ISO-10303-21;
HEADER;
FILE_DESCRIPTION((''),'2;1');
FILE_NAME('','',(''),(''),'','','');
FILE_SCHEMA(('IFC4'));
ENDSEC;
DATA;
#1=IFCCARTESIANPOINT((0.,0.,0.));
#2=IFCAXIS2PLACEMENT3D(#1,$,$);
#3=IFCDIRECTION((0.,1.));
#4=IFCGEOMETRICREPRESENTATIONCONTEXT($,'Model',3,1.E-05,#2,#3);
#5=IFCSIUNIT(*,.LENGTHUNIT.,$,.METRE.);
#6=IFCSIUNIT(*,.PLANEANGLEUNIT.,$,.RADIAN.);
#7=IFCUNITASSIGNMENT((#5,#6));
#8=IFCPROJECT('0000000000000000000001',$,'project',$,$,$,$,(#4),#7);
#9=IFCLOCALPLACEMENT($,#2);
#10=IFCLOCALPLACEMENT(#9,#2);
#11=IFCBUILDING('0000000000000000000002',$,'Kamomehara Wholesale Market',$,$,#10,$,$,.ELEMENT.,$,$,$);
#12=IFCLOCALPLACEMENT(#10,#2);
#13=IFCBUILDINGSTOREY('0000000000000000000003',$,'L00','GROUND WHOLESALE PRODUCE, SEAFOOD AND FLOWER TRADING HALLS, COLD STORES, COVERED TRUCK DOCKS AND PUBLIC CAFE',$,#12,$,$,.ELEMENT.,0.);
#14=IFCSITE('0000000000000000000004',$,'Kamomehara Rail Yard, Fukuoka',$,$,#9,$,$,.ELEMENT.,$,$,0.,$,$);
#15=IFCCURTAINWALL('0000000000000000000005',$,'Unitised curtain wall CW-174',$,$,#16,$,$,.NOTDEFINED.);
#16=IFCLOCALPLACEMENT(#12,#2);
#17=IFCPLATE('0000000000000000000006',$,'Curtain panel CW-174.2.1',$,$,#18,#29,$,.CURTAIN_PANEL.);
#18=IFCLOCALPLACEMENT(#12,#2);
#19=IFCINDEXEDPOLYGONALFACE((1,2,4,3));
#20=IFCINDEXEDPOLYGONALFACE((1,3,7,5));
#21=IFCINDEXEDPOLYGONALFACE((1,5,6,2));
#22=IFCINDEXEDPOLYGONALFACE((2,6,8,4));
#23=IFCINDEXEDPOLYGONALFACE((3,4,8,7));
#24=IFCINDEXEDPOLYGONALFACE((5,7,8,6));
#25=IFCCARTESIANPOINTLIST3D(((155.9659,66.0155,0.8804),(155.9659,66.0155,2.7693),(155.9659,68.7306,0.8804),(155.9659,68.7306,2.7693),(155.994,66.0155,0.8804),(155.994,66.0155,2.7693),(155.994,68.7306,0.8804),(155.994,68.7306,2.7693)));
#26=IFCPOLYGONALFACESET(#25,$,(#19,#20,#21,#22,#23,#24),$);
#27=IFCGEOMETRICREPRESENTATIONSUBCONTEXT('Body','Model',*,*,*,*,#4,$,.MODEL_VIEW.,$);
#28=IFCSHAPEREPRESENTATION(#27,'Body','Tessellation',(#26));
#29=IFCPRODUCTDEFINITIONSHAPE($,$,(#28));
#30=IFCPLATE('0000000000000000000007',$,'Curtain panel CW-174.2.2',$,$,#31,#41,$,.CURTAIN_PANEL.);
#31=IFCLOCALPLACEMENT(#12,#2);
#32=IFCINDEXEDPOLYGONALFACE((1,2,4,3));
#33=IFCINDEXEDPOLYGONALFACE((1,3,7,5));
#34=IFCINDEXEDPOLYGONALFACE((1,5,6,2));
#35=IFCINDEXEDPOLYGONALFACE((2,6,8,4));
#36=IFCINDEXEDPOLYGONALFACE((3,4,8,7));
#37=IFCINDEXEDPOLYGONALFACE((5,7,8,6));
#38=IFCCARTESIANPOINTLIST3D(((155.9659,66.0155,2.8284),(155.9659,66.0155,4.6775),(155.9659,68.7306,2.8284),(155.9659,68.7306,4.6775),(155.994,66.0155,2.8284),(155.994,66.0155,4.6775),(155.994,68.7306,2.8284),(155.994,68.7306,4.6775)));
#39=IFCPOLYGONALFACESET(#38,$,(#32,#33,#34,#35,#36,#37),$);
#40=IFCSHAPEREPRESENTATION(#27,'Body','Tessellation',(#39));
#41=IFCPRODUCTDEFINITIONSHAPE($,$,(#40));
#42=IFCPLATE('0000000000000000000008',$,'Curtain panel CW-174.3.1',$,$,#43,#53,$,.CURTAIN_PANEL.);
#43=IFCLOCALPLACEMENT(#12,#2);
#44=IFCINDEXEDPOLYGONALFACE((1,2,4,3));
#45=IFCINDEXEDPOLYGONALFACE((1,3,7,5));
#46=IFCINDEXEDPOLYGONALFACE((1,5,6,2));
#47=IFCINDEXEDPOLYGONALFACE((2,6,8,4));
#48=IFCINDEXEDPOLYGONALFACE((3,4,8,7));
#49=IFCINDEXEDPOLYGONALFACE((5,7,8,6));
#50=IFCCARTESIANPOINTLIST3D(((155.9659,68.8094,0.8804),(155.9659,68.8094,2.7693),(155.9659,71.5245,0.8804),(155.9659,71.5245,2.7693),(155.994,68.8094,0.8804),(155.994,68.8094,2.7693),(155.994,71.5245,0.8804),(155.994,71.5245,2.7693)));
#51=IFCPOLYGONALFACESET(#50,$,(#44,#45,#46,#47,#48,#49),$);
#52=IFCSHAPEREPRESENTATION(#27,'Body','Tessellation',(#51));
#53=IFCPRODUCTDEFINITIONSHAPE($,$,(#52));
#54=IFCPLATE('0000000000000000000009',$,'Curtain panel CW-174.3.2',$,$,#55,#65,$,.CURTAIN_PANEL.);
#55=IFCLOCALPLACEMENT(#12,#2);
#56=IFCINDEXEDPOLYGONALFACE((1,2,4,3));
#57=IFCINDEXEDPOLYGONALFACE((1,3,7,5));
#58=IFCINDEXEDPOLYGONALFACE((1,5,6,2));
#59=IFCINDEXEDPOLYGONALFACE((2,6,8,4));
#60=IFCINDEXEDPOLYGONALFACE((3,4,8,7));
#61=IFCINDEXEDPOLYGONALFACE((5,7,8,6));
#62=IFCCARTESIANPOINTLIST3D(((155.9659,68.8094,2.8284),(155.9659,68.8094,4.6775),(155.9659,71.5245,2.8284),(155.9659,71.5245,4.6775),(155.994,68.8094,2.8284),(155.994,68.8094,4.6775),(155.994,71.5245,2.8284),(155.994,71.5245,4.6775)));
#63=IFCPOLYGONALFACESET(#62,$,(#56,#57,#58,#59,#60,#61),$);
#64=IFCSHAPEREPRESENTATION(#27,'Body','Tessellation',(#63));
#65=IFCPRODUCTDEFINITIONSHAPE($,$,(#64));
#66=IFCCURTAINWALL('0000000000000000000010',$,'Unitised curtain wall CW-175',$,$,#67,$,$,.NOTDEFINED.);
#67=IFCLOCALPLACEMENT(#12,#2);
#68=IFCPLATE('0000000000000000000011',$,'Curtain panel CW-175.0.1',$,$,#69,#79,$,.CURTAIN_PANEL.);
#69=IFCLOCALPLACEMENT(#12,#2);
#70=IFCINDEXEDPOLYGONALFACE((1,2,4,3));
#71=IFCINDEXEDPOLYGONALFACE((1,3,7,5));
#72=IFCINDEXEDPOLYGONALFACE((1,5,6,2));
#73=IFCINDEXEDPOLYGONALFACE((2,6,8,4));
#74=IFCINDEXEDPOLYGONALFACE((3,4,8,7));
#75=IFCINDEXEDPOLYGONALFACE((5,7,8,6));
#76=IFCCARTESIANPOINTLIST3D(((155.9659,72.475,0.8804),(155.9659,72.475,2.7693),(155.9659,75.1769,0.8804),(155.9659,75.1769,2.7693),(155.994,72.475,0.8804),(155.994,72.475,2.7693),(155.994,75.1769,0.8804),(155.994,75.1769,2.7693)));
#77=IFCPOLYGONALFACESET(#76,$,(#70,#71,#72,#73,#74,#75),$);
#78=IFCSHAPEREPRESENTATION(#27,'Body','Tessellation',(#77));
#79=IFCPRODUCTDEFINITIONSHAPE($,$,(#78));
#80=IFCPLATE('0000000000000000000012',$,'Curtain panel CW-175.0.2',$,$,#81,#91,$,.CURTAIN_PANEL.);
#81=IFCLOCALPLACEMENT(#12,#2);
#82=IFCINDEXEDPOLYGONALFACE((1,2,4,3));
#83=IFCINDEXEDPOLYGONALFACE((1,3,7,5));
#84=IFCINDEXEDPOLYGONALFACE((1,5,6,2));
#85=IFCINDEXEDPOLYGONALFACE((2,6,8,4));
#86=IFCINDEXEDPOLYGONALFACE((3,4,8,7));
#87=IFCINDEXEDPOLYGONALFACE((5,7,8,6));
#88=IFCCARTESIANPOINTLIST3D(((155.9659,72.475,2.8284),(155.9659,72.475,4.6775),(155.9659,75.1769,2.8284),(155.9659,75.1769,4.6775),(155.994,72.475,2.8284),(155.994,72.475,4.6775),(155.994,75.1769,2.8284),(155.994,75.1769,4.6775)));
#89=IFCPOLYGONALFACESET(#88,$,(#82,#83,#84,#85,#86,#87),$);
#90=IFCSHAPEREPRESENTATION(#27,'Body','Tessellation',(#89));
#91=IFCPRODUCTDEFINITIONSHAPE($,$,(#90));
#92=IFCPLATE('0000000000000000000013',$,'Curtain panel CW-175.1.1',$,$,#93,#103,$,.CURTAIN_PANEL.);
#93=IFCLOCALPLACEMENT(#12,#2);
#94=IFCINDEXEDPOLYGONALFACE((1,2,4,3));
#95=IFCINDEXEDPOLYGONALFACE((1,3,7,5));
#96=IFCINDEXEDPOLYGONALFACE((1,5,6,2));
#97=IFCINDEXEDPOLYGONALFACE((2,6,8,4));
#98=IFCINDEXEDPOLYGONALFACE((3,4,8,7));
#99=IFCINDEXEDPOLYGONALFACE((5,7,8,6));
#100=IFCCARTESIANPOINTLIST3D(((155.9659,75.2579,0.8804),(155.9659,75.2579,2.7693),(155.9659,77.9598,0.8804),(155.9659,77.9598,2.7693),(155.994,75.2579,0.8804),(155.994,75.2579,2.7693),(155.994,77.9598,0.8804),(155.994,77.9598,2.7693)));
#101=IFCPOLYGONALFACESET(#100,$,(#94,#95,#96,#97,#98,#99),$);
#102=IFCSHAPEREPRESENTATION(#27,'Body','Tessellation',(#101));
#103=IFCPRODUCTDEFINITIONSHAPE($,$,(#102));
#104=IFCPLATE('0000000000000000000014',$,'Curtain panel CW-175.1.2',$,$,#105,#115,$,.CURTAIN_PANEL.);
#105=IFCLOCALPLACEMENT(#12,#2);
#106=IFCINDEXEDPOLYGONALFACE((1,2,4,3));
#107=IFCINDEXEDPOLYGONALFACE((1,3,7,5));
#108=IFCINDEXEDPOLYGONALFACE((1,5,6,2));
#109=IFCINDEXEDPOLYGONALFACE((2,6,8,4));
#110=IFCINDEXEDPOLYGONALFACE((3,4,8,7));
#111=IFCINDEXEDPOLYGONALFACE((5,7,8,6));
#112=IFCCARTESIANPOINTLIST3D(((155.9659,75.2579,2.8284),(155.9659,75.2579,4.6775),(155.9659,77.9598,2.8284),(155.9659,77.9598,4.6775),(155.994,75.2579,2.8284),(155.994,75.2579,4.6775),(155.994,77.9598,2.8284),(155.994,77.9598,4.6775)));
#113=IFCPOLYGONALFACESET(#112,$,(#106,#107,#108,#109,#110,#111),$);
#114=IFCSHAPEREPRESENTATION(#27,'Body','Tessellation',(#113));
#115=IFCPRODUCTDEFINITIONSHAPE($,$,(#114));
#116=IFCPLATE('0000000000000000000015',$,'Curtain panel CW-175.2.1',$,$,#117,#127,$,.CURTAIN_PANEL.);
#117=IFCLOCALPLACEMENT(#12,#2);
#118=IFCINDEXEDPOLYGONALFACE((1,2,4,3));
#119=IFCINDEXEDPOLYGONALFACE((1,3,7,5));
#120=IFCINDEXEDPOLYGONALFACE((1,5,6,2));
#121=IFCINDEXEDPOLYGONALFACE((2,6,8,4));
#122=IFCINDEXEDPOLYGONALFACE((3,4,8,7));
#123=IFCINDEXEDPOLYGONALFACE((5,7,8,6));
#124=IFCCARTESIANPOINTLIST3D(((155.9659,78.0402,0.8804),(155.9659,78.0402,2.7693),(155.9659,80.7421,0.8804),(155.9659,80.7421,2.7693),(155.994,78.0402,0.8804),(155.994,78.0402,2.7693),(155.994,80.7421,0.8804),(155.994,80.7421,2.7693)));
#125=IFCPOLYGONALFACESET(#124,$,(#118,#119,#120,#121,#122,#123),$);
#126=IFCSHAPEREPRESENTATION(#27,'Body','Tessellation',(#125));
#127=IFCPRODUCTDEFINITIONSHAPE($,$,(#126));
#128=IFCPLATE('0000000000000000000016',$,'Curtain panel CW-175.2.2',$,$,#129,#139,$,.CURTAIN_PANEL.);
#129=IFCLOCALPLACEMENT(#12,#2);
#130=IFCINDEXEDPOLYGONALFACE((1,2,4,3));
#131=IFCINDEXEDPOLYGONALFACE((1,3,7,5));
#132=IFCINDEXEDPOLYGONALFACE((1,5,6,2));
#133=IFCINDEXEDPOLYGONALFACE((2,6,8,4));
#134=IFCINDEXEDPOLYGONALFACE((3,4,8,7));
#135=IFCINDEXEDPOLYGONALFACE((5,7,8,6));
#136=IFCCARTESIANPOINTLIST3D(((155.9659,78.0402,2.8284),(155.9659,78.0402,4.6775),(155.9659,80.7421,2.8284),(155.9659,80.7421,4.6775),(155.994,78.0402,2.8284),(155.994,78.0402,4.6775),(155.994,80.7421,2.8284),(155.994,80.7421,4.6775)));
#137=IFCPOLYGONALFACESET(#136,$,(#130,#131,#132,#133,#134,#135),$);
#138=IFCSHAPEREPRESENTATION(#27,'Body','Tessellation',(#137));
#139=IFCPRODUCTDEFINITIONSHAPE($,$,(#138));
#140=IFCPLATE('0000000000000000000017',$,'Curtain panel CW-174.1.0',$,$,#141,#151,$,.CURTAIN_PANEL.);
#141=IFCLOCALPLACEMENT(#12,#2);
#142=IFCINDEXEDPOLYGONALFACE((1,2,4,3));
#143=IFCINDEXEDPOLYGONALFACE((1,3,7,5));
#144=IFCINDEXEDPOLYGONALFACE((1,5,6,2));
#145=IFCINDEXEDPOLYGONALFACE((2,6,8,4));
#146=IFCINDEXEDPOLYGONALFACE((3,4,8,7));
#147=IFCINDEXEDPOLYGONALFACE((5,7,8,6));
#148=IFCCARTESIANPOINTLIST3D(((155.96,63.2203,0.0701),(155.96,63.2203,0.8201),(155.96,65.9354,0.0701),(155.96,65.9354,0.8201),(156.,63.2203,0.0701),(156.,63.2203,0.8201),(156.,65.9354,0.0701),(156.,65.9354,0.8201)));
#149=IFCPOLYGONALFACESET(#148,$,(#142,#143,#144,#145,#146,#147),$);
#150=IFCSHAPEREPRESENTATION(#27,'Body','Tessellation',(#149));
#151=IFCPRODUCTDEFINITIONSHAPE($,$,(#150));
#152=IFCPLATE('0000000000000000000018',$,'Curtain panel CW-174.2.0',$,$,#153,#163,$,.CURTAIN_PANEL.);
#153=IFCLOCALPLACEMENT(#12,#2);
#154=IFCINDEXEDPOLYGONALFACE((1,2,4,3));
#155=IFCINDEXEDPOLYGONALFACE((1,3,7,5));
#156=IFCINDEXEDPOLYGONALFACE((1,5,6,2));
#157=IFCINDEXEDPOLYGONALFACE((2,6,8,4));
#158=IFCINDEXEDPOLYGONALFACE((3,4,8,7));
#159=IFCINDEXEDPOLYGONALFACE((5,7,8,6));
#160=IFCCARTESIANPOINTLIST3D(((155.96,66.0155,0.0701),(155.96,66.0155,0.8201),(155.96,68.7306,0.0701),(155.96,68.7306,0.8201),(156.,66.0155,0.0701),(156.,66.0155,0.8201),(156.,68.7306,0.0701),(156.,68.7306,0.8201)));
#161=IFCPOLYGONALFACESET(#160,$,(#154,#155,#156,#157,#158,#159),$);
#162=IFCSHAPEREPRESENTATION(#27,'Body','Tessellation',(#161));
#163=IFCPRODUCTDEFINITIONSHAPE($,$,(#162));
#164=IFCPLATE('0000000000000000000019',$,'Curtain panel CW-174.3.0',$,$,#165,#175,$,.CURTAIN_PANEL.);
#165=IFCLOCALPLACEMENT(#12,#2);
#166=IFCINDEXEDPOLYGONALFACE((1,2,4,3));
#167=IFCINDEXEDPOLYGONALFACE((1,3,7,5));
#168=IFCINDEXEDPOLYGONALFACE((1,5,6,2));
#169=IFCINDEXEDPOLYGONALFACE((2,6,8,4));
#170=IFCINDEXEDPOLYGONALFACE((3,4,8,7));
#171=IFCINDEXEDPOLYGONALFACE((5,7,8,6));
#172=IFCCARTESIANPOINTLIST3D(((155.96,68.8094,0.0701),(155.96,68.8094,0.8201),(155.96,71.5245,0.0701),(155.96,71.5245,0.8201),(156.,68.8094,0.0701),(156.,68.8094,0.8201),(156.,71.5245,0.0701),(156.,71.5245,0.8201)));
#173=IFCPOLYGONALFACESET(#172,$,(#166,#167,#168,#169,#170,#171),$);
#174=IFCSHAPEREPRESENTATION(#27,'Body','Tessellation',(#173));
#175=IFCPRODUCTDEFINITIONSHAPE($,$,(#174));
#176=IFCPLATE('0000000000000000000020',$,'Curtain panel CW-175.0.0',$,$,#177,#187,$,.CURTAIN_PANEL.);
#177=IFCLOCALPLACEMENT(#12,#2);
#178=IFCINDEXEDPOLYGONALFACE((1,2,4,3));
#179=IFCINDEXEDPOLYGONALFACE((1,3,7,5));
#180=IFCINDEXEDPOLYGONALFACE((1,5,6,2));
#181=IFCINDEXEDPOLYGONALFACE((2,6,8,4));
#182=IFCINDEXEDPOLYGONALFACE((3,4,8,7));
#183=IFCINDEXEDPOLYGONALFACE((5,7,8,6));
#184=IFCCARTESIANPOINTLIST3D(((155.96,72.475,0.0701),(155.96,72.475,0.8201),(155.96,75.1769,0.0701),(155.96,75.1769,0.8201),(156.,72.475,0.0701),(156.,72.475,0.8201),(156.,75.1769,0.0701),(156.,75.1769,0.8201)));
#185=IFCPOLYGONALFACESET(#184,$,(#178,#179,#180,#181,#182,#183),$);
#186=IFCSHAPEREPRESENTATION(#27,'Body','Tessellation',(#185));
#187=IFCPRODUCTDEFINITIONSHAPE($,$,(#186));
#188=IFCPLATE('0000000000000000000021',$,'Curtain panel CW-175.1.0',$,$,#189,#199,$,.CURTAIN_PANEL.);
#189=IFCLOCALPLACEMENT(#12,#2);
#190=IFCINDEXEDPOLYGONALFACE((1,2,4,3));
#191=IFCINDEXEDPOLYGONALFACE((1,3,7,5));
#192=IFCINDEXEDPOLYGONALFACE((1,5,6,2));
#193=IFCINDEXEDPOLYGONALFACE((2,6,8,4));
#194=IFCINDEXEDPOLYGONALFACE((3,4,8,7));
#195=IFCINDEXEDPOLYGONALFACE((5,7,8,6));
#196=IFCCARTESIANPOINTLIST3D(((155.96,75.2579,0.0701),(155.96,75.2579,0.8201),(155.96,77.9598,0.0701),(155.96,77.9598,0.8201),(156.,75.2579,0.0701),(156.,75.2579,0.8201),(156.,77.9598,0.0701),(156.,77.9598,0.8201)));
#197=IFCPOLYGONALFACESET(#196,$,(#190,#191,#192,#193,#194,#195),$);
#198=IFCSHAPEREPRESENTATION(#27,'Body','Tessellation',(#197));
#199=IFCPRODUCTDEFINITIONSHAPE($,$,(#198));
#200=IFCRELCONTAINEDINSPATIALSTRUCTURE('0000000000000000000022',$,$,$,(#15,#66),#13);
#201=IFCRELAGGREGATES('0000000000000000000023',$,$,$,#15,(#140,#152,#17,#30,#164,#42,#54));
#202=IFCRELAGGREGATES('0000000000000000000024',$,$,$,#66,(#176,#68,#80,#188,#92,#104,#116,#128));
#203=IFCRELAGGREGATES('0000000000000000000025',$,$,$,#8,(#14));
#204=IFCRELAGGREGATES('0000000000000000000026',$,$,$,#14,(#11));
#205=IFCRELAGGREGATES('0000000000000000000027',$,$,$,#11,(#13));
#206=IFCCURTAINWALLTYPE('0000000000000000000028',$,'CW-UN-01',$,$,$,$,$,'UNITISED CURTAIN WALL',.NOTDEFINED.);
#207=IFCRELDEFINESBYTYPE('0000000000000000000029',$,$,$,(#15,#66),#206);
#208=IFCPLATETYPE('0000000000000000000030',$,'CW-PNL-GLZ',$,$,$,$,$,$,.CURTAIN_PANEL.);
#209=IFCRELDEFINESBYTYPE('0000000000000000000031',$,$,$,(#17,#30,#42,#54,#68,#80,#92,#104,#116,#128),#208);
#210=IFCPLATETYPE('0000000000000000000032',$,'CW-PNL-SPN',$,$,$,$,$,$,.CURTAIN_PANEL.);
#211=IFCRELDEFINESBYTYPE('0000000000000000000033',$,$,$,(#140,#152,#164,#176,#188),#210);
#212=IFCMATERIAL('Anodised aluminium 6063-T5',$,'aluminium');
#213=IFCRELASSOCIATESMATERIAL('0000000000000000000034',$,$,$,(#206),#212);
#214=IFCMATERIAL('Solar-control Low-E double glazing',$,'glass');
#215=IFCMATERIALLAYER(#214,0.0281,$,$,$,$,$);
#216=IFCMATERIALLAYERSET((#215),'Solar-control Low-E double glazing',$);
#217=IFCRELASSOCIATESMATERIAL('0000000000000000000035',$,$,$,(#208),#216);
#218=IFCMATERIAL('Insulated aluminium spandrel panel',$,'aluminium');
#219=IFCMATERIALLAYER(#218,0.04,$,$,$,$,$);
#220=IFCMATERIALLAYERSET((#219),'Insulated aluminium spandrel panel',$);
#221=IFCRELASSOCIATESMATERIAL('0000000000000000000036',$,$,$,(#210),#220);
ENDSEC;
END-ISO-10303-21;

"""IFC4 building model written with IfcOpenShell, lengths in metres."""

from ifc_helpers import new_model, si_unit, direction, frame, origin, origin_2d, place, context, subcontext, project, spatial, rectangle, extrude, material, layer, layer_set, type_object, element, aggregate, save


model = new_model("IFC4")

# Units and contexts
model_context = context("Model", 3, precision=1e-05, world=origin(), true_north=direction((0.0, 1.0)))
body_context = subcontext(model_context, "Body", "Model", "MODEL_VIEW")
ifc_project = project(units=[si_unit("LENGTHUNIT", "METRE"), si_unit("PLANEANGLEUNIT", "RADIAN")], contexts=[model_context])

# Site, building, storey
site_placement = place(None, origin())
site = spatial("IfcSite", under=ifc_project, at=site_placement, Name="Kamomehara Rail Yard, Fukuoka", CompositionType="ELEMENT", RefElevation=0.0)
building_placement = place(site_placement, origin())
building = spatial("IfcBuilding", under=site, at=building_placement, Name="Kamomehara Wholesale Market", CompositionType="ELEMENT")
storey_placement = place(building_placement, origin())
storey = spatial("IfcBuildingStorey", under=building, at=storey_placement, Name="L00", Description="GROUND WHOLESALE PRODUCE, SEAFOOD AND FLOWER TRADING HALLS, COLD STORES, COVERED TRUCK DOCKS AND PUBLIC CAFE", CompositionType="ELEMENT", Elevation=0.0)

# Curtain wall, plates
ifc_material_1 = material(Name="Anodised aluminium 6063-T5", Category="aluminium")
curtain_wall_type = type_object("IfcCurtainWallType", Name="CW-UN-01", ElementType="UNITISED CURTAIN WALL", PredefinedType="NOTDEFINED", material=ifc_material_1)
curtain_wall_1_placement = place(storey_placement, origin())
curtain_wall_1 = element("IfcCurtainWall", 1, at=curtain_wall_1_placement, inside=storey, type_object=curtain_wall_type, Name="Unitised curtain wall CW-174", PredefinedType="NOTDEFINED")
ifc_material_2 = material(Name="Solar-control Low-E double glazing", Category="glass")
ifc_layer_1 = layer(ifc_material_2, 0.0281)
ifc_layer_set_1 = layer_set([ifc_layer_1], Name="Solar-control Low-E double glazing")
plate_type_1 = type_object("IfcPlateType", Name="CW-PNL-GLZ", PredefinedType="CURTAIN_PANEL", material=ifc_layer_set_1)
plate_1_placement = place(storey_placement, frame((155.98, 67.373, 0.8804), z_axis=(0.0, 0.0, 1.0), x_axis=(0.0, 1.0, 0.0)))
plate_1 = element("IfcPlate", 2, at=plate_1_placement, type_object=plate_type_1, Name="Curtain panel CW-174.2.1", PredefinedType="CURTAIN_PANEL", context=body_context, shape_type="SweptSolid", body=[
    extrude(rectangle(XDim=2.7151, YDim=0.0281, at=origin_2d()), origin(), (0.0, 0.0, 1.0), 1.8889),
])
plate_2_placement = place(storey_placement, frame((155.98, 67.373, 2.8284), z_axis=(0.0, 0.0, 1.0), x_axis=(0.0, 1.0, 0.0)))
plate_2 = element("IfcPlate", 3, at=plate_2_placement, type_object=plate_type_1, Name="Curtain panel CW-174.2.2", PredefinedType="CURTAIN_PANEL", context=body_context, shape_type="SweptSolid", body=[
    extrude(rectangle(XDim=2.7151, YDim=0.0281, at=origin_2d()), origin(), (0.0, 0.0, 1.0), 1.8491),
])
plate_3_placement = place(storey_placement, frame((155.98, 70.167, 0.8804), z_axis=(0.0, 0.0, 1.0), x_axis=(0.0, 1.0, 0.0)))
plate_3 = element("IfcPlate", 4, at=plate_3_placement, type_object=plate_type_1, Name="Curtain panel CW-174.3.1", PredefinedType="CURTAIN_PANEL", context=body_context, shape_type="SweptSolid", body=[
    extrude(rectangle(XDim=2.7151, YDim=0.0281, at=origin_2d()), origin(), (0.0, 0.0, 1.0), 1.8889),
])
plate_4_placement = place(storey_placement, frame((155.98, 70.167, 2.8284), z_axis=(0.0, 0.0, 1.0), x_axis=(0.0, 1.0, 0.0)))
plate_4 = element("IfcPlate", 5, at=plate_4_placement, type_object=plate_type_1, Name="Curtain panel CW-174.3.2", PredefinedType="CURTAIN_PANEL", context=body_context, shape_type="SweptSolid", body=[
    extrude(rectangle(XDim=2.7151, YDim=0.0281, at=origin_2d()), origin(), (0.0, 0.0, 1.0), 1.8491),
])

# Curtain wall, plates
curtain_wall_2_placement = place(storey_placement, origin())
curtain_wall_2 = element("IfcCurtainWall", 6, at=curtain_wall_2_placement, inside=storey, type_object=curtain_wall_type, Name="Unitised curtain wall CW-175", PredefinedType="NOTDEFINED")
plate_5_placement = place(storey_placement, frame((155.98, 73.8259, 0.8804), z_axis=(0.0, 0.0, 1.0), x_axis=(0.0, 1.0, 0.0)))
plate_5 = element("IfcPlate", 7, at=plate_5_placement, type_object=plate_type_1, Name="Curtain panel CW-175.0.1", PredefinedType="CURTAIN_PANEL", context=body_context, shape_type="SweptSolid", body=[
    extrude(rectangle(XDim=2.7019, YDim=0.0281, at=origin_2d()), origin(), (0.0, 0.0, 1.0), 1.8889),
])
plate_6_placement = place(storey_placement, frame((155.98, 73.8259, 2.8284), z_axis=(0.0, 0.0, 1.0), x_axis=(0.0, 1.0, 0.0)))
plate_6 = element("IfcPlate", 8, at=plate_6_placement, type_object=plate_type_1, Name="Curtain panel CW-175.0.2", PredefinedType="CURTAIN_PANEL", context=body_context, shape_type="SweptSolid", body=[
    extrude(rectangle(XDim=2.7019, YDim=0.0281, at=origin_2d()), origin(), (0.0, 0.0, 1.0), 1.8491),
])
plate_7_placement = place(storey_placement, frame((155.98, 76.6089, 0.8804), z_axis=(0.0, 0.0, 1.0), x_axis=(0.0, 1.0, 0.0)))
plate_7 = element("IfcPlate", 9, at=plate_7_placement, type_object=plate_type_1, Name="Curtain panel CW-175.1.1", PredefinedType="CURTAIN_PANEL", context=body_context, shape_type="SweptSolid", body=[
    extrude(rectangle(XDim=2.7019, YDim=0.0281, at=origin_2d()), origin(), (0.0, 0.0, 1.0), 1.8889),
])
plate_8_placement = place(storey_placement, frame((155.98, 76.6089, 2.8284), z_axis=(0.0, 0.0, 1.0), x_axis=(0.0, 1.0, 0.0)))
plate_8 = element("IfcPlate", 10, at=plate_8_placement, type_object=plate_type_1, Name="Curtain panel CW-175.1.2", PredefinedType="CURTAIN_PANEL", context=body_context, shape_type="SweptSolid", body=[
    extrude(rectangle(XDim=2.7019, YDim=0.0281, at=origin_2d()), origin(), (0.0, 0.0, 1.0), 1.8491),
])
plate_9_placement = place(storey_placement, frame((155.98, 79.3911, 0.8804), z_axis=(0.0, 0.0, 1.0), x_axis=(0.0, 1.0, 0.0)))
plate_9 = element("IfcPlate", 11, at=plate_9_placement, type_object=plate_type_1, Name="Curtain panel CW-175.2.1", PredefinedType="CURTAIN_PANEL", context=body_context, shape_type="SweptSolid", body=[
    extrude(rectangle(XDim=2.7019, YDim=0.0281, at=origin_2d()), origin(), (0.0, 0.0, 1.0), 1.8889),
])
plate_10_placement = place(storey_placement, frame((155.98, 79.3911, 2.8284), z_axis=(0.0, 0.0, 1.0), x_axis=(0.0, 1.0, 0.0)))
plate_10 = element("IfcPlate", 12, at=plate_10_placement, type_object=plate_type_1, Name="Curtain panel CW-175.2.2", PredefinedType="CURTAIN_PANEL", context=body_context, shape_type="SweptSolid", body=[
    extrude(rectangle(XDim=2.7019, YDim=0.0281, at=origin_2d()), origin(), (0.0, 0.0, 1.0), 1.8491),
])

# Plates
ifc_material_3 = material(Name="Insulated aluminium spandrel panel", Category="aluminium")
ifc_layer_2 = layer(ifc_material_3, 0.04)
ifc_layer_set_2 = layer_set([ifc_layer_2], Name="Insulated aluminium spandrel panel")
plate_type_2 = type_object("IfcPlateType", Name="CW-PNL-SPN", PredefinedType="CURTAIN_PANEL", material=ifc_layer_set_2)
plate_11_placement = place(storey_placement, frame((155.98, 64.5779, 0.0701), z_axis=(0.0, 0.0, 1.0), x_axis=(0.0, 1.0, 0.0)))
plate_11 = element("IfcPlate", 13, at=plate_11_placement, type_object=plate_type_2, Name="Curtain panel CW-174.1.0", PredefinedType="CURTAIN_PANEL", context=body_context, shape_type="SweptSolid", body=[
    extrude(rectangle(XDim=2.7151, YDim=0.04, at=origin_2d()), origin(), (0.0, 0.0, 1.0), 0.75),
])
plate_12_placement = place(storey_placement, frame((155.98, 67.373, 0.0701), z_axis=(0.0, 0.0, 1.0), x_axis=(0.0, 1.0, 0.0)))
plate_12 = element("IfcPlate", 14, at=plate_12_placement, type_object=plate_type_2, Name="Curtain panel CW-174.2.0", PredefinedType="CURTAIN_PANEL", context=body_context, shape_type="SweptSolid", body=[
    extrude(rectangle(XDim=2.7151, YDim=0.04, at=origin_2d()), origin(), (0.0, 0.0, 1.0), 0.75),
])
plate_13_placement = place(storey_placement, frame((155.98, 70.167, 0.0701), z_axis=(0.0, 0.0, 1.0), x_axis=(0.0, 1.0, 0.0)))
plate_13 = element("IfcPlate", 15, at=plate_13_placement, type_object=plate_type_2, Name="Curtain panel CW-174.3.0", PredefinedType="CURTAIN_PANEL", context=body_context, shape_type="SweptSolid", body=[
    extrude(rectangle(XDim=2.7151, YDim=0.04, at=origin_2d()), origin(), (0.0, 0.0, 1.0), 0.75),
])
aggregate(curtain_wall_1, [plate_11, plate_12, plate_1, plate_2, plate_13, plate_3, plate_4])
plate_14_placement = place(storey_placement, frame((155.98, 73.8259, 0.0701), z_axis=(0.0, 0.0, 1.0), x_axis=(0.0, 1.0, 0.0)))
plate_14 = element("IfcPlate", 16, at=plate_14_placement, type_object=plate_type_2, Name="Curtain panel CW-175.0.0", PredefinedType="CURTAIN_PANEL", context=body_context, shape_type="SweptSolid", body=[
    extrude(rectangle(XDim=2.7019, YDim=0.04, at=origin_2d()), origin(), (0.0, 0.0, 1.0), 0.75),
])
plate_15_placement = place(storey_placement, frame((155.98, 76.6089, 0.0701), z_axis=(0.0, 0.0, 1.0), x_axis=(0.0, 1.0, 0.0)))
plate_15 = element("IfcPlate", 17, at=plate_15_placement, type_object=plate_type_2, Name="Curtain panel CW-175.1.0", PredefinedType="CURTAIN_PANEL", context=body_context, shape_type="SweptSolid", body=[
    extrude(rectangle(XDim=2.7019, YDim=0.04, at=origin_2d()), origin(), (0.0, 0.0, 1.0), 0.75),
])
aggregate(curtain_wall_2, [plate_14, plate_5, plate_6, plate_15, plate_7, plate_8, plate_9, plate_10])

save(model, "model.ifc")
